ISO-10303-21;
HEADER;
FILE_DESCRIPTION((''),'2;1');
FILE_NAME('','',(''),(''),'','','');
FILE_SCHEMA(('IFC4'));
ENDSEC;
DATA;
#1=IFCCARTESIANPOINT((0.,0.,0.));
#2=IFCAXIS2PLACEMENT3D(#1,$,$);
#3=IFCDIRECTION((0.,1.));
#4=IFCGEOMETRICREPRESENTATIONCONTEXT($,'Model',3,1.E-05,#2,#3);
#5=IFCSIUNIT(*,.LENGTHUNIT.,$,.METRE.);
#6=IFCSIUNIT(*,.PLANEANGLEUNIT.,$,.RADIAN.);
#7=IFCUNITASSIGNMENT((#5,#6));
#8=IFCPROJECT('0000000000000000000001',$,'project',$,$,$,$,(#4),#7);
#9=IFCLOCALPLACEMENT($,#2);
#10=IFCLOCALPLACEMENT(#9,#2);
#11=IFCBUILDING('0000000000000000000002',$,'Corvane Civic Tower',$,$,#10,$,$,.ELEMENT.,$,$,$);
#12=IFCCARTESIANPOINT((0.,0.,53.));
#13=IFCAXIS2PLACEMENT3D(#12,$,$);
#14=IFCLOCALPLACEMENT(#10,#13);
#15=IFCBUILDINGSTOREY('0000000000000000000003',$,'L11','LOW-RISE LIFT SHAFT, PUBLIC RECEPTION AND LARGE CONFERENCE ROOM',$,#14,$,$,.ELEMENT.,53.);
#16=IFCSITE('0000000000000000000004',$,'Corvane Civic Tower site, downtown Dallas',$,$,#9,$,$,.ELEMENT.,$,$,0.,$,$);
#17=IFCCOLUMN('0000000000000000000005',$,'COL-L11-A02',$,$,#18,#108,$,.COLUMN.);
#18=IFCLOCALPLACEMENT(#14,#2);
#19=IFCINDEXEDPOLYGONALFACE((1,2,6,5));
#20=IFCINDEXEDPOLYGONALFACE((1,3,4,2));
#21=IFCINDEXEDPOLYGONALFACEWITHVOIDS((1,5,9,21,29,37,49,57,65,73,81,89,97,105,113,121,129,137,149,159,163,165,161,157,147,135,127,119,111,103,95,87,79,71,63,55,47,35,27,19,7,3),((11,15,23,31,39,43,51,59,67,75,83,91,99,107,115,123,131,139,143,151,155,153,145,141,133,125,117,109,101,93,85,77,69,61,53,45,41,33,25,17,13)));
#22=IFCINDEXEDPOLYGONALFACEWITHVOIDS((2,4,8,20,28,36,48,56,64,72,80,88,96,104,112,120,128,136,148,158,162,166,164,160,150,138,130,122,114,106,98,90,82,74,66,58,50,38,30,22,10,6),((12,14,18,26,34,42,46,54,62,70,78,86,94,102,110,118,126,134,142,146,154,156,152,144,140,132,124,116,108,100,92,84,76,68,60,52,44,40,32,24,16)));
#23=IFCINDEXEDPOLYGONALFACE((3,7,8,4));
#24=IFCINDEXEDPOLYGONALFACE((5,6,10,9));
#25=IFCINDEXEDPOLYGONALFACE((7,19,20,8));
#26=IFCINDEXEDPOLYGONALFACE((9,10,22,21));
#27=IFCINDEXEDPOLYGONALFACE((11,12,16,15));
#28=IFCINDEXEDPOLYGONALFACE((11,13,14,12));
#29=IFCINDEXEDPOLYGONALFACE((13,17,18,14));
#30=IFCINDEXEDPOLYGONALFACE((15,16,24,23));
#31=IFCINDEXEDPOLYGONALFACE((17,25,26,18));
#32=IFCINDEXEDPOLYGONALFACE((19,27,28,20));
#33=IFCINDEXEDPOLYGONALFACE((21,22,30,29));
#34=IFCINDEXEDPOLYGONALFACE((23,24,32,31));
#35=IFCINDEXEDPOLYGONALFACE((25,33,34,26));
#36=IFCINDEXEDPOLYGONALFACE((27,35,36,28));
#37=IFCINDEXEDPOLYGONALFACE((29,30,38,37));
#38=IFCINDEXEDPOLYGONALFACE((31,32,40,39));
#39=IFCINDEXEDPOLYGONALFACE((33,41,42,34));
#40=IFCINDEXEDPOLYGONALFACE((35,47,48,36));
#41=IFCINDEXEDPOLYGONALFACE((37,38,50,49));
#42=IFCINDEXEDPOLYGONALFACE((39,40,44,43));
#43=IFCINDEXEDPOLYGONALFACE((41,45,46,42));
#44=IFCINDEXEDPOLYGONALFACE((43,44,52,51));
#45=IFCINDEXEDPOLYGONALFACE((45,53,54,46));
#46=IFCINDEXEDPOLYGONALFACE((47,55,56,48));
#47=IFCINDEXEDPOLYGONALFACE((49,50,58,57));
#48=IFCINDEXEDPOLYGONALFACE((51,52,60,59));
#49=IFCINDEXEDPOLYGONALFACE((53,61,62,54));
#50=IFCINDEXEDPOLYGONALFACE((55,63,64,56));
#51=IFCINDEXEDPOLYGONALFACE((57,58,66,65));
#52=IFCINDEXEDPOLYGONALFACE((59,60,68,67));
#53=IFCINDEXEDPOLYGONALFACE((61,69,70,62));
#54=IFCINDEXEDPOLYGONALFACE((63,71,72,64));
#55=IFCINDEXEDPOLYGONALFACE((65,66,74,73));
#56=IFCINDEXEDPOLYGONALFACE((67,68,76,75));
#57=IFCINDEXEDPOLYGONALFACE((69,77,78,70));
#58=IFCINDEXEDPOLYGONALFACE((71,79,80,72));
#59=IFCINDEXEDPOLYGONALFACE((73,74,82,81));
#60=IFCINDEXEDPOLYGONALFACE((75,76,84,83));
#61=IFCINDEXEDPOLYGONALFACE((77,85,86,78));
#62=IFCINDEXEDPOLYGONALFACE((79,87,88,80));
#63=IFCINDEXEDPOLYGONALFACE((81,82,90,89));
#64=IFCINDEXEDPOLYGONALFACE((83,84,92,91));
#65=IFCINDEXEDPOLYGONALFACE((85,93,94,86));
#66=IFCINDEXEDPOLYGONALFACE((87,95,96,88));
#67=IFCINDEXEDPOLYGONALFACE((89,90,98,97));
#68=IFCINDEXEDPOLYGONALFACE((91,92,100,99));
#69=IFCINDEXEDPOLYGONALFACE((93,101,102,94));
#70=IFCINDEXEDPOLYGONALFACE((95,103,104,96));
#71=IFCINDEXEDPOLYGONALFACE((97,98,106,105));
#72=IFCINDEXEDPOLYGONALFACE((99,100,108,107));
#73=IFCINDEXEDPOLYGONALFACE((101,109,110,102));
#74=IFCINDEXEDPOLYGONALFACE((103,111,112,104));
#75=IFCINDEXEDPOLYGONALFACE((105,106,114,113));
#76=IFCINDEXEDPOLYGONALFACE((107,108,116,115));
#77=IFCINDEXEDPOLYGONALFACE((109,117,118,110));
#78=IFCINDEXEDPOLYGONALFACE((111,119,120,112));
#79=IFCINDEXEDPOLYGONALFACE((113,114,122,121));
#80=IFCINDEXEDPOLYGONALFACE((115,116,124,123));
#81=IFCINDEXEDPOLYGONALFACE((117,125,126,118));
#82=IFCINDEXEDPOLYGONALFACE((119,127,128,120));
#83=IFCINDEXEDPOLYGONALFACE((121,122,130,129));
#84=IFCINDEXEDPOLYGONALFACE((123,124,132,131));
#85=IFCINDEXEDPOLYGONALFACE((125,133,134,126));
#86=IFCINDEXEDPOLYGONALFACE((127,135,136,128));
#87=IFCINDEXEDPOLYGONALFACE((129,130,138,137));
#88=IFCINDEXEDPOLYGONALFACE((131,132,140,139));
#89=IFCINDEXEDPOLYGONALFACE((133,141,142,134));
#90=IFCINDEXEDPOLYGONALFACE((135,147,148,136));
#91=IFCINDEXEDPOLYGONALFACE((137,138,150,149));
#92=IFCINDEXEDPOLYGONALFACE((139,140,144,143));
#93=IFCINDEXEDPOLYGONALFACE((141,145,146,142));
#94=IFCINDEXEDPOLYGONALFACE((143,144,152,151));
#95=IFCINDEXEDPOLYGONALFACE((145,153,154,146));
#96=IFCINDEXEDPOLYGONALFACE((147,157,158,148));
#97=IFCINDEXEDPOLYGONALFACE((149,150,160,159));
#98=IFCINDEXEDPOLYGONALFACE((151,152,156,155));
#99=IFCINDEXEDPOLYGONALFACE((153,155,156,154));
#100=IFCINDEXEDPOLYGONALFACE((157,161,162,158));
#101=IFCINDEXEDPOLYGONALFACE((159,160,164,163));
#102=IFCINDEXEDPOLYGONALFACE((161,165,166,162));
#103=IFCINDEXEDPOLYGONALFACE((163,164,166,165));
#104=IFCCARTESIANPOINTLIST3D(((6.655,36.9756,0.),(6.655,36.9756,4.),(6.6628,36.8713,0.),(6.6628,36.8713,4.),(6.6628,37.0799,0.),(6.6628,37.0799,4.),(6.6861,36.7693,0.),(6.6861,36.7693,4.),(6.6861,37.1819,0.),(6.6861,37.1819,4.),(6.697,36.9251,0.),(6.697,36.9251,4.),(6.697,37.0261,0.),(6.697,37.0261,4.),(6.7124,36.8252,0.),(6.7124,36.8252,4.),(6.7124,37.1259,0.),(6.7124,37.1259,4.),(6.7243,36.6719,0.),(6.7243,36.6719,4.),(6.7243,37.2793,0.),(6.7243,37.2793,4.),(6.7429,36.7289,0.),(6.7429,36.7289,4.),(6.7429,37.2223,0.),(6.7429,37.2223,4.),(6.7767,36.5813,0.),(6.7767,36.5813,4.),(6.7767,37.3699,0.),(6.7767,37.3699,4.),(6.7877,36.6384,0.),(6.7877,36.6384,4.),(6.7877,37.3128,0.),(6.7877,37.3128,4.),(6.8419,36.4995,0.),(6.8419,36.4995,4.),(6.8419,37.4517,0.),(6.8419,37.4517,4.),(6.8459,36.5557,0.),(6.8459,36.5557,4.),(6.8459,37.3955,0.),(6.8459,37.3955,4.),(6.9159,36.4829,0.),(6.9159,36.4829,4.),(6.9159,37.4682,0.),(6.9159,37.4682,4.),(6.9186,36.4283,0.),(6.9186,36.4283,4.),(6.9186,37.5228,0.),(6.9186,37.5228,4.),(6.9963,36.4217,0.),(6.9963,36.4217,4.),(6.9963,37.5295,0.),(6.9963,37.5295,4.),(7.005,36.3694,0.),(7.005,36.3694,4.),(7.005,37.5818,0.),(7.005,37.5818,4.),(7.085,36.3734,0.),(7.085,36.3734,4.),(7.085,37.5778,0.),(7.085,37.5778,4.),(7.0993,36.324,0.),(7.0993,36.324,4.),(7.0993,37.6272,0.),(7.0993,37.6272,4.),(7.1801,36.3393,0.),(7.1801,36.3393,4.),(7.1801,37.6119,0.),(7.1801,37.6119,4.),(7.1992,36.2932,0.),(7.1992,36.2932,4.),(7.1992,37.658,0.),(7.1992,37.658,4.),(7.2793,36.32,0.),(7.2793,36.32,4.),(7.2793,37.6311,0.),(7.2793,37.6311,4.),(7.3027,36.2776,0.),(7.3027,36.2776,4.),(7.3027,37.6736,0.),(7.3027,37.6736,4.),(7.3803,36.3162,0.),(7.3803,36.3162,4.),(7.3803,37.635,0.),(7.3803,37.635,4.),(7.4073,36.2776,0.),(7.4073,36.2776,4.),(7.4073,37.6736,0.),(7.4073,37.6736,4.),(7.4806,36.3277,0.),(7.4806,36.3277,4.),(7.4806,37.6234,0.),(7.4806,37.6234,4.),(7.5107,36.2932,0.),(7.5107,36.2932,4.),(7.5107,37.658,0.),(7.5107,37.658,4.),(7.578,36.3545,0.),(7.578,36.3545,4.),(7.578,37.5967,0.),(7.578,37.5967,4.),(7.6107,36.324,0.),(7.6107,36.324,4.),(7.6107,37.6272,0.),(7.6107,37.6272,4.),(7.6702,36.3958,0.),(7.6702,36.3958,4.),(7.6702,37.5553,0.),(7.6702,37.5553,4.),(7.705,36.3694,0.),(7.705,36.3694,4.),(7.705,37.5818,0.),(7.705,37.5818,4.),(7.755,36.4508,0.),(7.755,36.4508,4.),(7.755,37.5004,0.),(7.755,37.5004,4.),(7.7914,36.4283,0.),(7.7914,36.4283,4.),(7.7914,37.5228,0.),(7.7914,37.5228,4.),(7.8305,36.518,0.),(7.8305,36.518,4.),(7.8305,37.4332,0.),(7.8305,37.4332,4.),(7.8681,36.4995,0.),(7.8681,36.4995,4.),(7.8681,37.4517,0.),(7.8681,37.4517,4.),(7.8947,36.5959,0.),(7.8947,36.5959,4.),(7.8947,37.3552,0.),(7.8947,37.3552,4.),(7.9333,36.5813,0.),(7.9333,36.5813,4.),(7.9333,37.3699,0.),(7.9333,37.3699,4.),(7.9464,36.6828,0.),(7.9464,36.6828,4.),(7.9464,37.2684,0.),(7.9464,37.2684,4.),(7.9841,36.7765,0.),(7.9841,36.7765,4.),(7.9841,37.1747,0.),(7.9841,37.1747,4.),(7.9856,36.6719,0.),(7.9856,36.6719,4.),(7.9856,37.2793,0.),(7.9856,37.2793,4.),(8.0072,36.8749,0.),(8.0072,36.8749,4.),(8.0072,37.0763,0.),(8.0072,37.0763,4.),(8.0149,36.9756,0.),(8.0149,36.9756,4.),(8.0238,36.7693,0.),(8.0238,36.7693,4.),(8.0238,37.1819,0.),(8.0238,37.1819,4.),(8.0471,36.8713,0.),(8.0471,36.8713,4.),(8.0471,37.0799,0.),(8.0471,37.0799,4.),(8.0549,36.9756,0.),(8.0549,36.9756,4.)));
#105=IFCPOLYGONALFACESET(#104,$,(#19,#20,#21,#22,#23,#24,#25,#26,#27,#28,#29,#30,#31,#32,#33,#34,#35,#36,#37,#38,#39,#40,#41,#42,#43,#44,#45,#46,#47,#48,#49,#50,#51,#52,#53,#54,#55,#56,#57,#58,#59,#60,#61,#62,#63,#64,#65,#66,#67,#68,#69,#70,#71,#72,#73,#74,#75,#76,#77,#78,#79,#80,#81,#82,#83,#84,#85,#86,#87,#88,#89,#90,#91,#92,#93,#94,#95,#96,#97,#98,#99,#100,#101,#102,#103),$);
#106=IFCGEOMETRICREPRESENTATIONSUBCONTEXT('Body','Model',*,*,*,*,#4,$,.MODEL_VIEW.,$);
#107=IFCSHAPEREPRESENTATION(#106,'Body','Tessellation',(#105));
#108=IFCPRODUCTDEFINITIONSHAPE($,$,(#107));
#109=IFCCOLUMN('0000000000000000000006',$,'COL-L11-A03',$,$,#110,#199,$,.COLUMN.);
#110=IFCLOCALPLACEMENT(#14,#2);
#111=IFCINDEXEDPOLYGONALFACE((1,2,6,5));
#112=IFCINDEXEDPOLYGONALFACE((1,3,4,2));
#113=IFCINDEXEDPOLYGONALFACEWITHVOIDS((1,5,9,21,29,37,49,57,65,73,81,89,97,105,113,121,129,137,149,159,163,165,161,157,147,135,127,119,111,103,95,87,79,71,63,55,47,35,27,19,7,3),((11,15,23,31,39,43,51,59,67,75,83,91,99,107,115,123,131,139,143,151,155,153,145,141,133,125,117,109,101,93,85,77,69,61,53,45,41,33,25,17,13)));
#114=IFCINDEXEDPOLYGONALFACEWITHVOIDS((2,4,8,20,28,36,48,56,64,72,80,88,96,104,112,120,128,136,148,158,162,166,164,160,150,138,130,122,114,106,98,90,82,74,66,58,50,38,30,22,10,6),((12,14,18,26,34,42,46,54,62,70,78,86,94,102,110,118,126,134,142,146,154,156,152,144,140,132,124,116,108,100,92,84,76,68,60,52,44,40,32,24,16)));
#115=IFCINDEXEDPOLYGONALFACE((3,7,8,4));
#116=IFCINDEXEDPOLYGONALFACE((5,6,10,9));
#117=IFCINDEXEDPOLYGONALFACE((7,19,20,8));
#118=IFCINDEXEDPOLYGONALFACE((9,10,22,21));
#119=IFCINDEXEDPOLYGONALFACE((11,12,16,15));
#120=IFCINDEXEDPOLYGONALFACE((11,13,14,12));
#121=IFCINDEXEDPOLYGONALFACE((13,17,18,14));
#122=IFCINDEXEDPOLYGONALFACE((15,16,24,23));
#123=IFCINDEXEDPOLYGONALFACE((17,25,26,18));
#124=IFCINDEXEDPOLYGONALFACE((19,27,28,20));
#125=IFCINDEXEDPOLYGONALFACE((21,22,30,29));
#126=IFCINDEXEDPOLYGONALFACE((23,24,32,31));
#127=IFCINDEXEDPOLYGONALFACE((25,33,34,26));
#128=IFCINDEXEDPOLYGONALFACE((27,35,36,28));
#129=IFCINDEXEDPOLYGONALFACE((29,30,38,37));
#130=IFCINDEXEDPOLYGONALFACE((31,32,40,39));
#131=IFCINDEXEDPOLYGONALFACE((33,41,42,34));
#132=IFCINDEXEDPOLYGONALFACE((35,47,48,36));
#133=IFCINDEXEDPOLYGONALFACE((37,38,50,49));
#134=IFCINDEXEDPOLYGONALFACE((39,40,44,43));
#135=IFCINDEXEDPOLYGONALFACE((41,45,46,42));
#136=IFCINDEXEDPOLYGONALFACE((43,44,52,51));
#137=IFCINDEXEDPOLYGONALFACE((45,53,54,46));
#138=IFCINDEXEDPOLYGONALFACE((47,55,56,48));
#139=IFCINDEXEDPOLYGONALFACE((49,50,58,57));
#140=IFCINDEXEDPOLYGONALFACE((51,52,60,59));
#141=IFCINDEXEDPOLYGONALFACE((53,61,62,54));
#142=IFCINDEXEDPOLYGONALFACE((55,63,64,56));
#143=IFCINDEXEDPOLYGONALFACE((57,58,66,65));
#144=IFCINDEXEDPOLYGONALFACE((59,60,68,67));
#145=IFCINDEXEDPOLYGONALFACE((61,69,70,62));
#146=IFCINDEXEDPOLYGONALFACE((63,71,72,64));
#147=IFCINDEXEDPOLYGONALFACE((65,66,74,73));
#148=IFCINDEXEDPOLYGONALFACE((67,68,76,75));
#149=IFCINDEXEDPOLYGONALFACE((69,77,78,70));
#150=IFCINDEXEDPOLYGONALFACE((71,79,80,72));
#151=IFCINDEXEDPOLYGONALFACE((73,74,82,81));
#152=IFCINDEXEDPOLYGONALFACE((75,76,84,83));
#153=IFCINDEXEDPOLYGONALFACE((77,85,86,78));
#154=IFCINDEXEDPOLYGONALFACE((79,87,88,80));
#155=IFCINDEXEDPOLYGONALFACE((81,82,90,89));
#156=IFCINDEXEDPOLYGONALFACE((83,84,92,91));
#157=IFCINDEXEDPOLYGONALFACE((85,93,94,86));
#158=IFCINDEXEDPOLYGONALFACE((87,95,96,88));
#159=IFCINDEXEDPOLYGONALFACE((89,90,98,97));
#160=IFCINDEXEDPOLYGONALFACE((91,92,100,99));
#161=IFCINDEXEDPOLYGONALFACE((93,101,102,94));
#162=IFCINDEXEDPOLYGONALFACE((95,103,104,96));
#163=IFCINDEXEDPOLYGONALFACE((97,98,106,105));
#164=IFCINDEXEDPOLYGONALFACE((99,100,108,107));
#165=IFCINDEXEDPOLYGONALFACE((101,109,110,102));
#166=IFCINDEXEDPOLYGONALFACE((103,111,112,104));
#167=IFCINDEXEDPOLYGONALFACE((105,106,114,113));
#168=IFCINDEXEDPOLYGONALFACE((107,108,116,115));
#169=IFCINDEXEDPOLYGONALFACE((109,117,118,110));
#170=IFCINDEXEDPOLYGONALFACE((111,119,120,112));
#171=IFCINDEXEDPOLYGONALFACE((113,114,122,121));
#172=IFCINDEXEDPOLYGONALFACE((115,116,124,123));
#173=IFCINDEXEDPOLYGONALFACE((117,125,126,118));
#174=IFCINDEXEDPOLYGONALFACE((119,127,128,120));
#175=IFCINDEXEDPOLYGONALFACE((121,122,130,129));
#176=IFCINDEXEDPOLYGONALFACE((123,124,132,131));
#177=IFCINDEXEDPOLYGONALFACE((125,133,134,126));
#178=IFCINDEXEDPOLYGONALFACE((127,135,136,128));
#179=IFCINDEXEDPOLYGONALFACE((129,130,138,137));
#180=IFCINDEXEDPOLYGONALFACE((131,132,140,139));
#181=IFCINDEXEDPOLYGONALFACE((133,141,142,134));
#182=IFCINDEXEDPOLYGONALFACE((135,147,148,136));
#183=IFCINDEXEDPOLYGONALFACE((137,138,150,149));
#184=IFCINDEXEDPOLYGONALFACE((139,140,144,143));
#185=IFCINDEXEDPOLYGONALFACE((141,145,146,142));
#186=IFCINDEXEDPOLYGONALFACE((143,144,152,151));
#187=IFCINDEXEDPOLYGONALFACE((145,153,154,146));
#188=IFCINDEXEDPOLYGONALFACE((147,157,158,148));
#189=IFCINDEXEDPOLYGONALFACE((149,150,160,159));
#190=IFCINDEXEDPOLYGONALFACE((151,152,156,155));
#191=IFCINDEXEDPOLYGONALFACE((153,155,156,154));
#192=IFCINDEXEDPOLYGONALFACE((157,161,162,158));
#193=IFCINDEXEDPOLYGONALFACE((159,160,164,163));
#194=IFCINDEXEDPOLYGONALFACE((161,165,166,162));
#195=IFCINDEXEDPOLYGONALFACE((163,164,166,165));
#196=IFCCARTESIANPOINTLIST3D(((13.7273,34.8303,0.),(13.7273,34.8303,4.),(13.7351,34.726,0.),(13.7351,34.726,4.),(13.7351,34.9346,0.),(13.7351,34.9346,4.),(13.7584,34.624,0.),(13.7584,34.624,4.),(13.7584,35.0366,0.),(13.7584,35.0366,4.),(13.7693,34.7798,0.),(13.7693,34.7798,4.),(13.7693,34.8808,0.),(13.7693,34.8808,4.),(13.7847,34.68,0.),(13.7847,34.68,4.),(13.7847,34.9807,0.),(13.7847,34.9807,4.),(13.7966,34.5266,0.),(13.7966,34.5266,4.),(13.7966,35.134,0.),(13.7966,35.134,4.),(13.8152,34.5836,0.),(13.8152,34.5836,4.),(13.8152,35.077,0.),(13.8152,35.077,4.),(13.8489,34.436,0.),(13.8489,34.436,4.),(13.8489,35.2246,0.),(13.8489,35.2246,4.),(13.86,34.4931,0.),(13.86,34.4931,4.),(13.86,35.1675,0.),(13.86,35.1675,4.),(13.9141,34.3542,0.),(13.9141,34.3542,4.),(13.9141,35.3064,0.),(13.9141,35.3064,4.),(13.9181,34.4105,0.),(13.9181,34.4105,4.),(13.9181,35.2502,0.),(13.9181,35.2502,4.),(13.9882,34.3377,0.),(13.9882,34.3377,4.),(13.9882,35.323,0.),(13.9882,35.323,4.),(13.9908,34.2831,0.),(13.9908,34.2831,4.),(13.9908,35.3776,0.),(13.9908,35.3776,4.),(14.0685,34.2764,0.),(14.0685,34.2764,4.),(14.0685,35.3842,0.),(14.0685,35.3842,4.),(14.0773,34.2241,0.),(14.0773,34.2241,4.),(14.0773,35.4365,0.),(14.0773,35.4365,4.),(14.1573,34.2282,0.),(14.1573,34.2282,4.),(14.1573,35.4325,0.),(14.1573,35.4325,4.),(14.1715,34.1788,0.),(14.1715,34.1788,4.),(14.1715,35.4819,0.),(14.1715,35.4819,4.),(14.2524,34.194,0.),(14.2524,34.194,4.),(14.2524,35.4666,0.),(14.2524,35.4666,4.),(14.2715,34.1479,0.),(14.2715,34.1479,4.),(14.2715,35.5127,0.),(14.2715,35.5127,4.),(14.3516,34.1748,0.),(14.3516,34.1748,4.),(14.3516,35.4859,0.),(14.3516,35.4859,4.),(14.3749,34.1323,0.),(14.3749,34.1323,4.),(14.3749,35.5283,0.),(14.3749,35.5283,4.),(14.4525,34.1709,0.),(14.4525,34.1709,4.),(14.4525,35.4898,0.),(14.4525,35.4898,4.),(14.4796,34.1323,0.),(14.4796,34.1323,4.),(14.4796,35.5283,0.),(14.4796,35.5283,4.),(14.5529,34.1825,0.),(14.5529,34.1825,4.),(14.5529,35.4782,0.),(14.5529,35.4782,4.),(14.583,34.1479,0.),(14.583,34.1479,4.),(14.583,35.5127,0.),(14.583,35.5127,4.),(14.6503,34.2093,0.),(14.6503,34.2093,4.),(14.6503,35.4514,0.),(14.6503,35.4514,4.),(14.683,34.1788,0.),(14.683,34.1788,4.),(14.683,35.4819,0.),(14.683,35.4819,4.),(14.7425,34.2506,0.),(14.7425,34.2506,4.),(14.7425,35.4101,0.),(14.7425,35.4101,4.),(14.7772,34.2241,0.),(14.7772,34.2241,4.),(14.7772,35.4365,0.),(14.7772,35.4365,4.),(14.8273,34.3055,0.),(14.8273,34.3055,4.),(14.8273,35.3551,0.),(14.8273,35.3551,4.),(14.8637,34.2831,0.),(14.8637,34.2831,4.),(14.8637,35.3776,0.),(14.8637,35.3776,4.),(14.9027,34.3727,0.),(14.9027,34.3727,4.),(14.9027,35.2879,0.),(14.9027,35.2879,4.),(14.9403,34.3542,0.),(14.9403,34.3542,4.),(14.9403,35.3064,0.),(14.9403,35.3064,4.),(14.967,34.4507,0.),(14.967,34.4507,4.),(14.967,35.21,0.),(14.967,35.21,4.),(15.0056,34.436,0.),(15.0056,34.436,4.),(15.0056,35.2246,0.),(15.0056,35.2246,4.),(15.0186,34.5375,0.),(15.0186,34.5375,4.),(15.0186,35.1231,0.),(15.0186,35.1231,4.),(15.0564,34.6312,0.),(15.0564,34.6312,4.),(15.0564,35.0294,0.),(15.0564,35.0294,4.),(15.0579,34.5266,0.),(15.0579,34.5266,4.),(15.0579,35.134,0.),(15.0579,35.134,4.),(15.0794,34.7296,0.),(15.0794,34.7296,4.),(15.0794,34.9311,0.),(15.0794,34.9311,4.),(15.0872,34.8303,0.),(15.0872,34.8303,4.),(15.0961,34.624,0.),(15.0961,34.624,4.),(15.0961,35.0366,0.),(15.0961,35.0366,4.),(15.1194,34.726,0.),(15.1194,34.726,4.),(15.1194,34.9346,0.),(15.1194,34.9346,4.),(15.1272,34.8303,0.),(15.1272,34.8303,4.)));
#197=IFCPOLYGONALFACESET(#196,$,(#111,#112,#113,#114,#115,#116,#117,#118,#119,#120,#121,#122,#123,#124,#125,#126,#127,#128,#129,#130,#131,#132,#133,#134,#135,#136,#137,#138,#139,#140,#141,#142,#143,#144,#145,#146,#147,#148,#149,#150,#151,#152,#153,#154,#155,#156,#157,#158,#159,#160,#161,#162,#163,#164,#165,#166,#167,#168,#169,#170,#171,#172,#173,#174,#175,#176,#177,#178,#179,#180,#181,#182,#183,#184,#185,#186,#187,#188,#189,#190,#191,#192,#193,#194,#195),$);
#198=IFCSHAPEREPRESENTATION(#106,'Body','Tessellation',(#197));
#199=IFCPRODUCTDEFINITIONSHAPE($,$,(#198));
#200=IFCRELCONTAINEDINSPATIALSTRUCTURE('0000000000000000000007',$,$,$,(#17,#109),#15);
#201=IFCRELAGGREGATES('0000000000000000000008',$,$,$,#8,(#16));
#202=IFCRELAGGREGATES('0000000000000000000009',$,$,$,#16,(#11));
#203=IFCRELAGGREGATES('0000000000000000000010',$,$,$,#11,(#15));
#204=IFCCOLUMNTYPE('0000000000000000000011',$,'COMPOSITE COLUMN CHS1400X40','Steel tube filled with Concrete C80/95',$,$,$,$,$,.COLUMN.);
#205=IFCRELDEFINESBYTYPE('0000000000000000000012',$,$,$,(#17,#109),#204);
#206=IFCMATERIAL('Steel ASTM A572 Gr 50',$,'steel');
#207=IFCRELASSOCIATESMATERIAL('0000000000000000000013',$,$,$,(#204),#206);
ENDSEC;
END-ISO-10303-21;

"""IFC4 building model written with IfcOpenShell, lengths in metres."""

from ifc_helpers import new_model, si_unit, direction, frame, origin, origin_2d, place, context, subcontext, project, spatial, hollow_circle, extrude, material, material_profile, profile_set, type_object, element, save


model = new_model("IFC4")

# Units and contexts
model_context = context("Model", 3, precision=1e-05, world=origin(), true_north=direction((0.0, 1.0)))
body_context = subcontext(model_context, "Body", "Model", "MODEL_VIEW")
ifc_project = project(units=[si_unit("LENGTHUNIT", "METRE"), si_unit("PLANEANGLEUNIT", "RADIAN")], contexts=[model_context])

# Site, building, storey
site_placement = place(None, origin())
site = spatial("IfcSite", under=ifc_project, at=site_placement, Name="Corvane Civic Tower site, downtown Dallas", CompositionType="ELEMENT", RefElevation=0.0)
building_placement = place(site_placement, origin())
building = spatial("IfcBuilding", under=site, at=building_placement, Name="Corvane Civic Tower", CompositionType="ELEMENT")
storey_placement = place(building_placement, frame((0.0, 0.0, 53.0)))
storey = spatial("IfcBuildingStorey", under=building, at=storey_placement, Name="L11", Description="LOW-RISE LIFT SHAFT, PUBLIC RECEPTION AND LARGE CONFERENCE ROOM", CompositionType="ELEMENT", Elevation=53.0)

# Columns
ifc_material_1 = material(Name="Steel ASTM A572 Gr 50", Category="steel")
ifc_material_profile_1 = material_profile(ifc_material_1, hollow_circle(Radius=0.7, WallThickness=0.04, at=origin_2d()), Name="CHS1400X40")
ifc_profile_set_1 = profile_set([ifc_material_profile_1], Name="Steel ASTM A572 Gr 50")
column_type = type_object("IfcColumnType", Name="COMPOSITE COLUMN CHS1400X40", Description="Steel tube filled with Concrete C80/95", PredefinedType="COLUMN", material=ifc_profile_set_1)
for number, where, z_axis, x_axis, name in (
    (1, (7.355, 36.9756, 0.0), (0.0, 0.0, 1.0), (1.0, 0.0, 0.0), "COL-L11-A02"),
    (2, (14.4272, 34.8303, 0.0), (0.0, 0.0, 1.0), (1.0, 0.0, 0.0), "COL-L11-A03"),
):
    element("IfcColumn", number, at=place(storey_placement, frame(where, z_axis=z_axis, x_axis=x_axis)), inside=storey, type_object=column_type, Name=name, PredefinedType="COLUMN", context=body_context, shape_type="SweptSolid", body=[
        extrude(hollow_circle(Radius=0.7, WallThickness=0.04, at=origin_2d()), origin(), (0.0, 0.0, 1.0), 4.0),
    ])

save(model, "model.ifc")
